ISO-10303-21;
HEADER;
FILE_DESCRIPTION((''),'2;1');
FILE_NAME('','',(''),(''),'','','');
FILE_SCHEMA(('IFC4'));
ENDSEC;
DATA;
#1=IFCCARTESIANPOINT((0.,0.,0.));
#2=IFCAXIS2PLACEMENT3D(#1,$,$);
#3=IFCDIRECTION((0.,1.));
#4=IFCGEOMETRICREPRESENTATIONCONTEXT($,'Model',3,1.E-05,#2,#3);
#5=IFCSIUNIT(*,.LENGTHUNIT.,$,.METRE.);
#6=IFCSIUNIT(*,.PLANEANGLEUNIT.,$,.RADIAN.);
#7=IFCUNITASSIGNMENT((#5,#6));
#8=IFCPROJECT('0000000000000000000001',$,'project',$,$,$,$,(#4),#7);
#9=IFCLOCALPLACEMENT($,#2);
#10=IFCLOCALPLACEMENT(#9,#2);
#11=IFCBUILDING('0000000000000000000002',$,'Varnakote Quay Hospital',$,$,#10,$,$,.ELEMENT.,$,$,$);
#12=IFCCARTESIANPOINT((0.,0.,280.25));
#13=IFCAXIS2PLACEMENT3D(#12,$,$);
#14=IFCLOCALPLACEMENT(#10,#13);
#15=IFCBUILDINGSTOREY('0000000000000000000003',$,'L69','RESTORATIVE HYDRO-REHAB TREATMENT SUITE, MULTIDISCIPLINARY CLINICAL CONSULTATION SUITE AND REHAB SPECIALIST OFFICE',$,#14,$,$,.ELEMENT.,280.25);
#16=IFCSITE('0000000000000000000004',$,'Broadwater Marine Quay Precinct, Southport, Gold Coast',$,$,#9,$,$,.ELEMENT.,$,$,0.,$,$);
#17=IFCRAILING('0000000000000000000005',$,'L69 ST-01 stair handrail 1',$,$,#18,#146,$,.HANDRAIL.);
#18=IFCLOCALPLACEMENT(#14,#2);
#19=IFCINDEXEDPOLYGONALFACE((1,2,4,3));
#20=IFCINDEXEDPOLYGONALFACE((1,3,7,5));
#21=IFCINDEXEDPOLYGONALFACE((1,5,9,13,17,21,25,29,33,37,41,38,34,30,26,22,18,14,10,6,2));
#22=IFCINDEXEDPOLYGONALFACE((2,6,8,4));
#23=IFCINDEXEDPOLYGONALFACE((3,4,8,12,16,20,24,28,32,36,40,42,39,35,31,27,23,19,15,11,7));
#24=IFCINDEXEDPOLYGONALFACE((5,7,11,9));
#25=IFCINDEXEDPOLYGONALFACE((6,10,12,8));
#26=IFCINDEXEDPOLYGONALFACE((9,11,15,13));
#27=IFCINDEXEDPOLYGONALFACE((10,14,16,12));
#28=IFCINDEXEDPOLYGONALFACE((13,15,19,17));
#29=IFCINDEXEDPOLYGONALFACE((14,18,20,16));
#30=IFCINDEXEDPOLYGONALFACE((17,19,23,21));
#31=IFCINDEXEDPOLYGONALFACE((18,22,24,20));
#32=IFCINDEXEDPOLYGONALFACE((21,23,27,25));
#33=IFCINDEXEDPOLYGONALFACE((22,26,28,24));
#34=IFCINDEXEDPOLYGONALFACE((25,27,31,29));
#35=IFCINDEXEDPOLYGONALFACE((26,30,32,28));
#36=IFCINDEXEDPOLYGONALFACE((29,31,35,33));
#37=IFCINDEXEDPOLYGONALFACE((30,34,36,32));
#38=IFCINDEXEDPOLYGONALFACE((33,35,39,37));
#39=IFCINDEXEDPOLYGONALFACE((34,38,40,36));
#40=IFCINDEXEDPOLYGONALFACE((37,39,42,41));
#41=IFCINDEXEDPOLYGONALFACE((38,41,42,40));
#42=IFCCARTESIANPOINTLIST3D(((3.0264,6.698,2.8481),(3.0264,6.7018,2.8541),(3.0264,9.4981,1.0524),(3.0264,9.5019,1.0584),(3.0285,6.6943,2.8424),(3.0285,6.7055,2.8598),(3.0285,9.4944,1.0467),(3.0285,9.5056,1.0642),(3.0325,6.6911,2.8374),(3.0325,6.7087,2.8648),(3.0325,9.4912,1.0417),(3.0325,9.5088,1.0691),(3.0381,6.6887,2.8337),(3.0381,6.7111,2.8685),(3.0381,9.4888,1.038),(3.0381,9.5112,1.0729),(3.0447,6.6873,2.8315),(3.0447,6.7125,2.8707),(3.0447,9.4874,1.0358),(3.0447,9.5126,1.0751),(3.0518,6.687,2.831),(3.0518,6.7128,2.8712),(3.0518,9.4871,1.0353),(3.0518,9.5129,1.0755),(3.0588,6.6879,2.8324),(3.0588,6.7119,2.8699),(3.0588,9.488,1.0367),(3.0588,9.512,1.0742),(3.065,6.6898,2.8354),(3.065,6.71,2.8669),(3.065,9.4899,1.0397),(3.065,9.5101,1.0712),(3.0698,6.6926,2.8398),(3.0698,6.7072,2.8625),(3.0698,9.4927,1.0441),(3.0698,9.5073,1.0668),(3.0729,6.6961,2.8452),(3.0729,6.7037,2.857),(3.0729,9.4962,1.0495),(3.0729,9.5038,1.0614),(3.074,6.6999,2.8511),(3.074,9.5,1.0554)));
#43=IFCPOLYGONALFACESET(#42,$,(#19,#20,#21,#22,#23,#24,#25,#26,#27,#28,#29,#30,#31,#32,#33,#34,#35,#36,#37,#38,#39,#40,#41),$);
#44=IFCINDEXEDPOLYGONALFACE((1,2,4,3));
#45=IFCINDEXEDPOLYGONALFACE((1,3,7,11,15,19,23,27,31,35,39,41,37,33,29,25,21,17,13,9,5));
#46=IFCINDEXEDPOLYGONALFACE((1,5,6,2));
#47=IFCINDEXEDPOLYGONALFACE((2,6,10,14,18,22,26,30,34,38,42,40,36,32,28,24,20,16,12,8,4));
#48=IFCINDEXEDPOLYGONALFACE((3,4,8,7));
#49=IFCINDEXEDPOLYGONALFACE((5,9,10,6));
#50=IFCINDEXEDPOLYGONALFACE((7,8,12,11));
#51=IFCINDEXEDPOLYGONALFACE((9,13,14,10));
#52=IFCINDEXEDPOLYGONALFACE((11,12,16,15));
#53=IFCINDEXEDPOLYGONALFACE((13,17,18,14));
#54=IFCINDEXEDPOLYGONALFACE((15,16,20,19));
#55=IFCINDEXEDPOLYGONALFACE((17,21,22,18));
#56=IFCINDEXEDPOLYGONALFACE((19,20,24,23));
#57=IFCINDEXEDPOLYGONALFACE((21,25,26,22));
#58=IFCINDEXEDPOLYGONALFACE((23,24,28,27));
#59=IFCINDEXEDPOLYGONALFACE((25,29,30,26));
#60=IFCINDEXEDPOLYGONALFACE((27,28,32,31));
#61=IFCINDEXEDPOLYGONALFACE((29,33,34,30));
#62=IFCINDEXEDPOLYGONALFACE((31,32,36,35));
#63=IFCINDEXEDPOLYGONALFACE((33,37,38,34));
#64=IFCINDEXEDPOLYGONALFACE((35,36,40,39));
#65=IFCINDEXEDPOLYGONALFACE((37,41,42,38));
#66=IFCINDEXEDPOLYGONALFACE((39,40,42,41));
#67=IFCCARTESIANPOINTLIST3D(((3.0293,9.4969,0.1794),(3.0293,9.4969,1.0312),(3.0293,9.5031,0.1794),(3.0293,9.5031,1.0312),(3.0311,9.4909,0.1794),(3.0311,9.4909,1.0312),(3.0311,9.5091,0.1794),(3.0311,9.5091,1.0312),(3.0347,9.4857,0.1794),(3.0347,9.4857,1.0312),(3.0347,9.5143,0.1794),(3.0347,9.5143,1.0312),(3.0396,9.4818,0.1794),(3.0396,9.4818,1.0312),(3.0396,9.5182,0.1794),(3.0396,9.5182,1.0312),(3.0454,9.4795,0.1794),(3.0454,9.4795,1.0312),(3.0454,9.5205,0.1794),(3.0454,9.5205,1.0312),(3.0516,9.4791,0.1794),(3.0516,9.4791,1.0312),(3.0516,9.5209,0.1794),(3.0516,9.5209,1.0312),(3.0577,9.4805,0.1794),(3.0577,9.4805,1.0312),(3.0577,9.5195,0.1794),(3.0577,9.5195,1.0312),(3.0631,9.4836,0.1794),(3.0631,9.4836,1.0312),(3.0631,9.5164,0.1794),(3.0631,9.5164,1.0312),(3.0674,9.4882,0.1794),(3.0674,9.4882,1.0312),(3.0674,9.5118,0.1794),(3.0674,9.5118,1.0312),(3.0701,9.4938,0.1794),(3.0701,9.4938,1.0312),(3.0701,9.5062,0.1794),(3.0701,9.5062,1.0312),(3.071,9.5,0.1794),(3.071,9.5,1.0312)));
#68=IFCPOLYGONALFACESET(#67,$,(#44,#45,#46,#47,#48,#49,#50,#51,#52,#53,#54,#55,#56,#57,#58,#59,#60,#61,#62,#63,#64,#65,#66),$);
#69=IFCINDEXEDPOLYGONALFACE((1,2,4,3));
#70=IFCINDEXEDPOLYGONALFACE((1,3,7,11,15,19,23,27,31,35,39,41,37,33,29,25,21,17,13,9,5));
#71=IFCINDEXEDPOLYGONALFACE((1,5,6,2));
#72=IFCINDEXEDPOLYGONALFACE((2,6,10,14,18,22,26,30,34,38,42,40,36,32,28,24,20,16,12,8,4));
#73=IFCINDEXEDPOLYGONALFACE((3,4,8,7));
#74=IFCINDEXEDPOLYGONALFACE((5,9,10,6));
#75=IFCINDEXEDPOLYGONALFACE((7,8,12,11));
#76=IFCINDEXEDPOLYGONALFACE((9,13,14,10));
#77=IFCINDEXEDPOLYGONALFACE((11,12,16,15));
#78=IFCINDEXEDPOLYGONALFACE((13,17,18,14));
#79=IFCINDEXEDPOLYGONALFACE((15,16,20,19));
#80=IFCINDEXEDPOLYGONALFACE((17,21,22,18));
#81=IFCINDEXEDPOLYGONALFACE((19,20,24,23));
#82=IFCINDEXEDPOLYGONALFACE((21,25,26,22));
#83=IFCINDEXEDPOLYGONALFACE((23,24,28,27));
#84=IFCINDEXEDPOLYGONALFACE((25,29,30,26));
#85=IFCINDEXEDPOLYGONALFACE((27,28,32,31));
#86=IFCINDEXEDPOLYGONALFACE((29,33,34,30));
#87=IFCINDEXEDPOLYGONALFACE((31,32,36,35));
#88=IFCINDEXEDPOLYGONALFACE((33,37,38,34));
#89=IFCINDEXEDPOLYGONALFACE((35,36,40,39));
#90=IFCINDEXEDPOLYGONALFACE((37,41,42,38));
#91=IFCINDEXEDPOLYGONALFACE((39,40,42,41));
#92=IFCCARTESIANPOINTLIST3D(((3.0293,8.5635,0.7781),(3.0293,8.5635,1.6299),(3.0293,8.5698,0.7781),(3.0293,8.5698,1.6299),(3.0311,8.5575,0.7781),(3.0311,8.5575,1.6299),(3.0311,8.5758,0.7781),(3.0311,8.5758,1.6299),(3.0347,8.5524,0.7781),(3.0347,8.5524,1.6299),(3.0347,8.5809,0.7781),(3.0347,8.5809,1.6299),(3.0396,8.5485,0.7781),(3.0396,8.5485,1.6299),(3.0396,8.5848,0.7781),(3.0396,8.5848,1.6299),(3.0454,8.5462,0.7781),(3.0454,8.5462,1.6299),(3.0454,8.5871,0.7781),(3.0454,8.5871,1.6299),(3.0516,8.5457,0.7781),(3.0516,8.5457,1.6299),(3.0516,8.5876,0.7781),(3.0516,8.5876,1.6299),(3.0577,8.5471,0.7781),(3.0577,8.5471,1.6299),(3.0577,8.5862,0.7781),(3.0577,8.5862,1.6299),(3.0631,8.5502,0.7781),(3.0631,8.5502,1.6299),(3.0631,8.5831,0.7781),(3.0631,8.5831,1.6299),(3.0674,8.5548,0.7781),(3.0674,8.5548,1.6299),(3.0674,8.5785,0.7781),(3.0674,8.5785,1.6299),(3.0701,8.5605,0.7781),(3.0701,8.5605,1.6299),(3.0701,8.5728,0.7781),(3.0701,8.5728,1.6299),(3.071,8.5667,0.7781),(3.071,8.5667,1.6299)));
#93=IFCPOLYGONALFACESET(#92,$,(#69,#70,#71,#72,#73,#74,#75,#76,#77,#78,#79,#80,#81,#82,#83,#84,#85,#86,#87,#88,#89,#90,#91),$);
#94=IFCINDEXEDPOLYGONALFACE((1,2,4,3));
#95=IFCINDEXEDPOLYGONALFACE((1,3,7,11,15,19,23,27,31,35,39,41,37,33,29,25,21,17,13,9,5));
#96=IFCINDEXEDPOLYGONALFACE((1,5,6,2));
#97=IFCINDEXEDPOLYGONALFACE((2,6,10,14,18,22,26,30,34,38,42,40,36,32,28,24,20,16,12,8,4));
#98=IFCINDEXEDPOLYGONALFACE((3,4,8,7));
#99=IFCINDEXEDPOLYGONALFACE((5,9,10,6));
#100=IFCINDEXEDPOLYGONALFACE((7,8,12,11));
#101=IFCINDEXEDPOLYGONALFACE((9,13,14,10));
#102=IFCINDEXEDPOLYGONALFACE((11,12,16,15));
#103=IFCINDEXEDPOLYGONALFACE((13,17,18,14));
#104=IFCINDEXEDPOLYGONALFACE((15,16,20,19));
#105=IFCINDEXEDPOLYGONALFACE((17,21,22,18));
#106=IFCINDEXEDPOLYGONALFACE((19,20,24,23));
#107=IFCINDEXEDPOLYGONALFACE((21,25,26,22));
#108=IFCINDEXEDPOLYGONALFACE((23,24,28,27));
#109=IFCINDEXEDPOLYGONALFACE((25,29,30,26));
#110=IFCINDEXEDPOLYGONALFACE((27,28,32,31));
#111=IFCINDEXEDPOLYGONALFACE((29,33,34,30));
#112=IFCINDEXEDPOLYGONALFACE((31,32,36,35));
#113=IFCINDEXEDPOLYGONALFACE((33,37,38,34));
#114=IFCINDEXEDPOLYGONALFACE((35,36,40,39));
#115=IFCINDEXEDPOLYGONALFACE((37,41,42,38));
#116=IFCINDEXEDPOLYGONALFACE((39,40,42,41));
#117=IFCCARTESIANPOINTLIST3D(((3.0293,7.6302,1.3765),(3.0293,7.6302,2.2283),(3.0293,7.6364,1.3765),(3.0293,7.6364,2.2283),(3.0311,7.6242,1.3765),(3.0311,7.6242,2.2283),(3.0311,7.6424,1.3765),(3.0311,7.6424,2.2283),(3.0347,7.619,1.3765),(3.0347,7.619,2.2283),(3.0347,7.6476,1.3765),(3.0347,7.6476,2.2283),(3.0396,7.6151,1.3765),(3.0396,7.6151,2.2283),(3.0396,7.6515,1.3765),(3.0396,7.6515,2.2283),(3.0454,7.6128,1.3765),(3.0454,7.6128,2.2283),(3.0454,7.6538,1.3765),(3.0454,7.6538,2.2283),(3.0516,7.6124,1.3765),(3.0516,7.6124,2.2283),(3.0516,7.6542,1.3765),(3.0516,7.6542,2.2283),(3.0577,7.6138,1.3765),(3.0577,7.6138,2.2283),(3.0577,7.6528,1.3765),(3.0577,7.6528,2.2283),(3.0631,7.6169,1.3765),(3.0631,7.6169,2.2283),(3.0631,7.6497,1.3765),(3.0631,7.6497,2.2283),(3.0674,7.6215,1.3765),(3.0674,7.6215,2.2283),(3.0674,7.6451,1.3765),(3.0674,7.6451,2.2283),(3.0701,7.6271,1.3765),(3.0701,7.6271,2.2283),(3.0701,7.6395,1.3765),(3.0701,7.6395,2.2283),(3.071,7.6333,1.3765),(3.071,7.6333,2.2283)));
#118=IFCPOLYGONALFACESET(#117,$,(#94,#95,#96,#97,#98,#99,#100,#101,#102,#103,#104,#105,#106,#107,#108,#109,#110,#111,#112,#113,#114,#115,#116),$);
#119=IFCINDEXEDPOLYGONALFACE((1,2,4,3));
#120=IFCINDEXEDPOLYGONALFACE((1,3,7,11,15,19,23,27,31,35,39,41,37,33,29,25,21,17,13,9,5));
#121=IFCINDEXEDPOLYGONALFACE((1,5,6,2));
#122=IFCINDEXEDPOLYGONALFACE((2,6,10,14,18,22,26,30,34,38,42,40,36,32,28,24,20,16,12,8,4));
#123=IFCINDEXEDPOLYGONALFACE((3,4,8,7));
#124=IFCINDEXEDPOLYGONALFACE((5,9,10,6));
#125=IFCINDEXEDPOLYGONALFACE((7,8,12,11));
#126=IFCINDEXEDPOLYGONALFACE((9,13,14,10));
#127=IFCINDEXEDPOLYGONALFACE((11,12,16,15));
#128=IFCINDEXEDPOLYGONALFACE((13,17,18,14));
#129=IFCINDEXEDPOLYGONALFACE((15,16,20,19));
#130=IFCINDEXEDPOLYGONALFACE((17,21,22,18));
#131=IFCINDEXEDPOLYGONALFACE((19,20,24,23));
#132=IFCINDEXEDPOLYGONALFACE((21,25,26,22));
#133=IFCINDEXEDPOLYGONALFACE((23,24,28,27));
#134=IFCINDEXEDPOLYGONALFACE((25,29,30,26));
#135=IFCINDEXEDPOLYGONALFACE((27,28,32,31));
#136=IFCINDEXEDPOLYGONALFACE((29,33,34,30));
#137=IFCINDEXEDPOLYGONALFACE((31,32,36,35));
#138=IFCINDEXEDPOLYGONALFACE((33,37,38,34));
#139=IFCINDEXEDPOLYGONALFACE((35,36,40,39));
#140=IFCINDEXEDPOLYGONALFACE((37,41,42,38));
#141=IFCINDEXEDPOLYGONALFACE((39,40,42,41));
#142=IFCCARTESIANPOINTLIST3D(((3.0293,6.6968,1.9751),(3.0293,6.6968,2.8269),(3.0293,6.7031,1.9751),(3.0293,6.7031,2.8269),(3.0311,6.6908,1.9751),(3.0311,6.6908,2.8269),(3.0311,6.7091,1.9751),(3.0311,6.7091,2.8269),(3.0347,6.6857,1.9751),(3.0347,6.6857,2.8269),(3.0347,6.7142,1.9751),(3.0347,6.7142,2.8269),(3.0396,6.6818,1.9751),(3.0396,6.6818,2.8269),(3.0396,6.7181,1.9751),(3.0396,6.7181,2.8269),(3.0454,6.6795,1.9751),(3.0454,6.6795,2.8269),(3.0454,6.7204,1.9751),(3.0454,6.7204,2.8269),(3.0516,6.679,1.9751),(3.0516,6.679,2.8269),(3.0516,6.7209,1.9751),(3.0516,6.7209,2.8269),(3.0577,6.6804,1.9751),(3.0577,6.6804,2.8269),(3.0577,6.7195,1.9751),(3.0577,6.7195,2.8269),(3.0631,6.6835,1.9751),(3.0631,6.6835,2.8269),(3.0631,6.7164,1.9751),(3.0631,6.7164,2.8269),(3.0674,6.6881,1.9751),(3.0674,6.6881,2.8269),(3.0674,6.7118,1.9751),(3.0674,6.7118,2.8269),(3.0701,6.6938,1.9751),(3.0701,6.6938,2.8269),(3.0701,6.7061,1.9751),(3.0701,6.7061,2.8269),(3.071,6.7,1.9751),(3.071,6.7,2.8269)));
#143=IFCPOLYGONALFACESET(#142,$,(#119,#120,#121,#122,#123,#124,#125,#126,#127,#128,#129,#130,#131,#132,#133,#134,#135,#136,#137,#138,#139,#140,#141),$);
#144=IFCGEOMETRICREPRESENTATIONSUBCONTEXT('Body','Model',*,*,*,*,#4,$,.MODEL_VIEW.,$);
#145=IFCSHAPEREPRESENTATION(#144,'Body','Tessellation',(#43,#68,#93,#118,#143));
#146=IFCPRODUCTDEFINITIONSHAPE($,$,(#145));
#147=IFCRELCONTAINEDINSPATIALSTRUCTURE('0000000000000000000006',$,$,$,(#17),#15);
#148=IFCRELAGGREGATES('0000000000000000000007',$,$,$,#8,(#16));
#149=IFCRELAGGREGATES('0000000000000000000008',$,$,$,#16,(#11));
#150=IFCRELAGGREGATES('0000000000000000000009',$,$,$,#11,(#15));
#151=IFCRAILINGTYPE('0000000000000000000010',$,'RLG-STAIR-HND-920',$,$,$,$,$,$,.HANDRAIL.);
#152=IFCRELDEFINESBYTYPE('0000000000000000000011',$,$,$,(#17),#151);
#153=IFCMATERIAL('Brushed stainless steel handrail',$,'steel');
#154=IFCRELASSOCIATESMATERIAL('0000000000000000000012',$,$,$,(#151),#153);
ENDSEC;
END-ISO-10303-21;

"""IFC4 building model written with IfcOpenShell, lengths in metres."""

from ifc_helpers import new_model, si_unit, direction, frame, origin, origin_2d, place, context, subcontext, project, spatial, circle, extrude, material, type_object, element, save


model = new_model("IFC4")

# Units and contexts
model_context = context("Model", 3, precision=1e-05, world=origin(), true_north=direction((0.0, 1.0)))
body_context = subcontext(model_context, "Body", "Model", "MODEL_VIEW")
ifc_project = project(units=[si_unit("LENGTHUNIT", "METRE"), si_unit("PLANEANGLEUNIT", "RADIAN")], contexts=[model_context])

# Site, building, storey
site_placement = place(None, origin())
site = spatial("IfcSite", under=ifc_project, at=site_placement, Name="Broadwater Marine Quay Precinct, Southport, Gold Coast", CompositionType="ELEMENT", RefElevation=0.0)
building_placement = place(site_placement, origin())
building = spatial("IfcBuilding", under=site, at=building_placement, Name="Varnakote Quay Hospital", CompositionType="ELEMENT")
storey_placement = place(building_placement, frame((0.0, 0.0, 280.25)))
storey = spatial("IfcBuildingStorey", under=building, at=storey_placement, Name="L69", Description="RESTORATIVE HYDRO-REHAB TREATMENT SUITE, MULTIDISCIPLINARY CLINICAL CONSULTATION SUITE AND REHAB SPECIALIST OFFICE", CompositionType="ELEMENT", Elevation=280.25)

# Railing
ifc_material_1 = material(Name="Brushed stainless steel handrail", Category="steel")
railing_type_1 = type_object("IfcRailingType", Name="RLG-STAIR-HND-920", PredefinedType="HANDRAIL", material=ifc_material_1)
railing_1_placement = place(storey_placement, frame((3.05, 9.5, 0.1794)))
element("IfcRailing", 1, at=railing_1_placement, inside=storey, type_object=railing_type_1, Name="L69 ST-01 stair handrail 1", PredefinedType="HANDRAIL", context=body_context, shape_type="SweptSolid", body=[
    extrude(circle(Radius=0.0239, at=origin_2d()), frame((0.0, 0.0, 0.876), z_axis=(0.0, -0.841777, 0.539826), x_axis=(1.0, 0.0, 0.0)), (0.0, 0.0, 1.0), 3.3264),
    extrude(circle(Radius=0.021, at=origin_2d()), origin(), (0.0, 0.0, 1.0), 0.8518),
    extrude(circle(Radius=0.021, at=origin_2d()), frame((0.0, -0.9333, 0.5986)), (0.0, 0.0, 1.0), 0.8518),
    extrude(circle(Radius=0.021, at=origin_2d()), frame((0.0, -1.8667, 1.197)), (0.0, 0.0, 1.0), 0.8518),
    extrude(circle(Radius=0.021, at=origin_2d()), frame((0.0, -2.8, 1.7957)), (0.0, 0.0, 1.0), 0.8518),
])

save(model, "model.ifc")
